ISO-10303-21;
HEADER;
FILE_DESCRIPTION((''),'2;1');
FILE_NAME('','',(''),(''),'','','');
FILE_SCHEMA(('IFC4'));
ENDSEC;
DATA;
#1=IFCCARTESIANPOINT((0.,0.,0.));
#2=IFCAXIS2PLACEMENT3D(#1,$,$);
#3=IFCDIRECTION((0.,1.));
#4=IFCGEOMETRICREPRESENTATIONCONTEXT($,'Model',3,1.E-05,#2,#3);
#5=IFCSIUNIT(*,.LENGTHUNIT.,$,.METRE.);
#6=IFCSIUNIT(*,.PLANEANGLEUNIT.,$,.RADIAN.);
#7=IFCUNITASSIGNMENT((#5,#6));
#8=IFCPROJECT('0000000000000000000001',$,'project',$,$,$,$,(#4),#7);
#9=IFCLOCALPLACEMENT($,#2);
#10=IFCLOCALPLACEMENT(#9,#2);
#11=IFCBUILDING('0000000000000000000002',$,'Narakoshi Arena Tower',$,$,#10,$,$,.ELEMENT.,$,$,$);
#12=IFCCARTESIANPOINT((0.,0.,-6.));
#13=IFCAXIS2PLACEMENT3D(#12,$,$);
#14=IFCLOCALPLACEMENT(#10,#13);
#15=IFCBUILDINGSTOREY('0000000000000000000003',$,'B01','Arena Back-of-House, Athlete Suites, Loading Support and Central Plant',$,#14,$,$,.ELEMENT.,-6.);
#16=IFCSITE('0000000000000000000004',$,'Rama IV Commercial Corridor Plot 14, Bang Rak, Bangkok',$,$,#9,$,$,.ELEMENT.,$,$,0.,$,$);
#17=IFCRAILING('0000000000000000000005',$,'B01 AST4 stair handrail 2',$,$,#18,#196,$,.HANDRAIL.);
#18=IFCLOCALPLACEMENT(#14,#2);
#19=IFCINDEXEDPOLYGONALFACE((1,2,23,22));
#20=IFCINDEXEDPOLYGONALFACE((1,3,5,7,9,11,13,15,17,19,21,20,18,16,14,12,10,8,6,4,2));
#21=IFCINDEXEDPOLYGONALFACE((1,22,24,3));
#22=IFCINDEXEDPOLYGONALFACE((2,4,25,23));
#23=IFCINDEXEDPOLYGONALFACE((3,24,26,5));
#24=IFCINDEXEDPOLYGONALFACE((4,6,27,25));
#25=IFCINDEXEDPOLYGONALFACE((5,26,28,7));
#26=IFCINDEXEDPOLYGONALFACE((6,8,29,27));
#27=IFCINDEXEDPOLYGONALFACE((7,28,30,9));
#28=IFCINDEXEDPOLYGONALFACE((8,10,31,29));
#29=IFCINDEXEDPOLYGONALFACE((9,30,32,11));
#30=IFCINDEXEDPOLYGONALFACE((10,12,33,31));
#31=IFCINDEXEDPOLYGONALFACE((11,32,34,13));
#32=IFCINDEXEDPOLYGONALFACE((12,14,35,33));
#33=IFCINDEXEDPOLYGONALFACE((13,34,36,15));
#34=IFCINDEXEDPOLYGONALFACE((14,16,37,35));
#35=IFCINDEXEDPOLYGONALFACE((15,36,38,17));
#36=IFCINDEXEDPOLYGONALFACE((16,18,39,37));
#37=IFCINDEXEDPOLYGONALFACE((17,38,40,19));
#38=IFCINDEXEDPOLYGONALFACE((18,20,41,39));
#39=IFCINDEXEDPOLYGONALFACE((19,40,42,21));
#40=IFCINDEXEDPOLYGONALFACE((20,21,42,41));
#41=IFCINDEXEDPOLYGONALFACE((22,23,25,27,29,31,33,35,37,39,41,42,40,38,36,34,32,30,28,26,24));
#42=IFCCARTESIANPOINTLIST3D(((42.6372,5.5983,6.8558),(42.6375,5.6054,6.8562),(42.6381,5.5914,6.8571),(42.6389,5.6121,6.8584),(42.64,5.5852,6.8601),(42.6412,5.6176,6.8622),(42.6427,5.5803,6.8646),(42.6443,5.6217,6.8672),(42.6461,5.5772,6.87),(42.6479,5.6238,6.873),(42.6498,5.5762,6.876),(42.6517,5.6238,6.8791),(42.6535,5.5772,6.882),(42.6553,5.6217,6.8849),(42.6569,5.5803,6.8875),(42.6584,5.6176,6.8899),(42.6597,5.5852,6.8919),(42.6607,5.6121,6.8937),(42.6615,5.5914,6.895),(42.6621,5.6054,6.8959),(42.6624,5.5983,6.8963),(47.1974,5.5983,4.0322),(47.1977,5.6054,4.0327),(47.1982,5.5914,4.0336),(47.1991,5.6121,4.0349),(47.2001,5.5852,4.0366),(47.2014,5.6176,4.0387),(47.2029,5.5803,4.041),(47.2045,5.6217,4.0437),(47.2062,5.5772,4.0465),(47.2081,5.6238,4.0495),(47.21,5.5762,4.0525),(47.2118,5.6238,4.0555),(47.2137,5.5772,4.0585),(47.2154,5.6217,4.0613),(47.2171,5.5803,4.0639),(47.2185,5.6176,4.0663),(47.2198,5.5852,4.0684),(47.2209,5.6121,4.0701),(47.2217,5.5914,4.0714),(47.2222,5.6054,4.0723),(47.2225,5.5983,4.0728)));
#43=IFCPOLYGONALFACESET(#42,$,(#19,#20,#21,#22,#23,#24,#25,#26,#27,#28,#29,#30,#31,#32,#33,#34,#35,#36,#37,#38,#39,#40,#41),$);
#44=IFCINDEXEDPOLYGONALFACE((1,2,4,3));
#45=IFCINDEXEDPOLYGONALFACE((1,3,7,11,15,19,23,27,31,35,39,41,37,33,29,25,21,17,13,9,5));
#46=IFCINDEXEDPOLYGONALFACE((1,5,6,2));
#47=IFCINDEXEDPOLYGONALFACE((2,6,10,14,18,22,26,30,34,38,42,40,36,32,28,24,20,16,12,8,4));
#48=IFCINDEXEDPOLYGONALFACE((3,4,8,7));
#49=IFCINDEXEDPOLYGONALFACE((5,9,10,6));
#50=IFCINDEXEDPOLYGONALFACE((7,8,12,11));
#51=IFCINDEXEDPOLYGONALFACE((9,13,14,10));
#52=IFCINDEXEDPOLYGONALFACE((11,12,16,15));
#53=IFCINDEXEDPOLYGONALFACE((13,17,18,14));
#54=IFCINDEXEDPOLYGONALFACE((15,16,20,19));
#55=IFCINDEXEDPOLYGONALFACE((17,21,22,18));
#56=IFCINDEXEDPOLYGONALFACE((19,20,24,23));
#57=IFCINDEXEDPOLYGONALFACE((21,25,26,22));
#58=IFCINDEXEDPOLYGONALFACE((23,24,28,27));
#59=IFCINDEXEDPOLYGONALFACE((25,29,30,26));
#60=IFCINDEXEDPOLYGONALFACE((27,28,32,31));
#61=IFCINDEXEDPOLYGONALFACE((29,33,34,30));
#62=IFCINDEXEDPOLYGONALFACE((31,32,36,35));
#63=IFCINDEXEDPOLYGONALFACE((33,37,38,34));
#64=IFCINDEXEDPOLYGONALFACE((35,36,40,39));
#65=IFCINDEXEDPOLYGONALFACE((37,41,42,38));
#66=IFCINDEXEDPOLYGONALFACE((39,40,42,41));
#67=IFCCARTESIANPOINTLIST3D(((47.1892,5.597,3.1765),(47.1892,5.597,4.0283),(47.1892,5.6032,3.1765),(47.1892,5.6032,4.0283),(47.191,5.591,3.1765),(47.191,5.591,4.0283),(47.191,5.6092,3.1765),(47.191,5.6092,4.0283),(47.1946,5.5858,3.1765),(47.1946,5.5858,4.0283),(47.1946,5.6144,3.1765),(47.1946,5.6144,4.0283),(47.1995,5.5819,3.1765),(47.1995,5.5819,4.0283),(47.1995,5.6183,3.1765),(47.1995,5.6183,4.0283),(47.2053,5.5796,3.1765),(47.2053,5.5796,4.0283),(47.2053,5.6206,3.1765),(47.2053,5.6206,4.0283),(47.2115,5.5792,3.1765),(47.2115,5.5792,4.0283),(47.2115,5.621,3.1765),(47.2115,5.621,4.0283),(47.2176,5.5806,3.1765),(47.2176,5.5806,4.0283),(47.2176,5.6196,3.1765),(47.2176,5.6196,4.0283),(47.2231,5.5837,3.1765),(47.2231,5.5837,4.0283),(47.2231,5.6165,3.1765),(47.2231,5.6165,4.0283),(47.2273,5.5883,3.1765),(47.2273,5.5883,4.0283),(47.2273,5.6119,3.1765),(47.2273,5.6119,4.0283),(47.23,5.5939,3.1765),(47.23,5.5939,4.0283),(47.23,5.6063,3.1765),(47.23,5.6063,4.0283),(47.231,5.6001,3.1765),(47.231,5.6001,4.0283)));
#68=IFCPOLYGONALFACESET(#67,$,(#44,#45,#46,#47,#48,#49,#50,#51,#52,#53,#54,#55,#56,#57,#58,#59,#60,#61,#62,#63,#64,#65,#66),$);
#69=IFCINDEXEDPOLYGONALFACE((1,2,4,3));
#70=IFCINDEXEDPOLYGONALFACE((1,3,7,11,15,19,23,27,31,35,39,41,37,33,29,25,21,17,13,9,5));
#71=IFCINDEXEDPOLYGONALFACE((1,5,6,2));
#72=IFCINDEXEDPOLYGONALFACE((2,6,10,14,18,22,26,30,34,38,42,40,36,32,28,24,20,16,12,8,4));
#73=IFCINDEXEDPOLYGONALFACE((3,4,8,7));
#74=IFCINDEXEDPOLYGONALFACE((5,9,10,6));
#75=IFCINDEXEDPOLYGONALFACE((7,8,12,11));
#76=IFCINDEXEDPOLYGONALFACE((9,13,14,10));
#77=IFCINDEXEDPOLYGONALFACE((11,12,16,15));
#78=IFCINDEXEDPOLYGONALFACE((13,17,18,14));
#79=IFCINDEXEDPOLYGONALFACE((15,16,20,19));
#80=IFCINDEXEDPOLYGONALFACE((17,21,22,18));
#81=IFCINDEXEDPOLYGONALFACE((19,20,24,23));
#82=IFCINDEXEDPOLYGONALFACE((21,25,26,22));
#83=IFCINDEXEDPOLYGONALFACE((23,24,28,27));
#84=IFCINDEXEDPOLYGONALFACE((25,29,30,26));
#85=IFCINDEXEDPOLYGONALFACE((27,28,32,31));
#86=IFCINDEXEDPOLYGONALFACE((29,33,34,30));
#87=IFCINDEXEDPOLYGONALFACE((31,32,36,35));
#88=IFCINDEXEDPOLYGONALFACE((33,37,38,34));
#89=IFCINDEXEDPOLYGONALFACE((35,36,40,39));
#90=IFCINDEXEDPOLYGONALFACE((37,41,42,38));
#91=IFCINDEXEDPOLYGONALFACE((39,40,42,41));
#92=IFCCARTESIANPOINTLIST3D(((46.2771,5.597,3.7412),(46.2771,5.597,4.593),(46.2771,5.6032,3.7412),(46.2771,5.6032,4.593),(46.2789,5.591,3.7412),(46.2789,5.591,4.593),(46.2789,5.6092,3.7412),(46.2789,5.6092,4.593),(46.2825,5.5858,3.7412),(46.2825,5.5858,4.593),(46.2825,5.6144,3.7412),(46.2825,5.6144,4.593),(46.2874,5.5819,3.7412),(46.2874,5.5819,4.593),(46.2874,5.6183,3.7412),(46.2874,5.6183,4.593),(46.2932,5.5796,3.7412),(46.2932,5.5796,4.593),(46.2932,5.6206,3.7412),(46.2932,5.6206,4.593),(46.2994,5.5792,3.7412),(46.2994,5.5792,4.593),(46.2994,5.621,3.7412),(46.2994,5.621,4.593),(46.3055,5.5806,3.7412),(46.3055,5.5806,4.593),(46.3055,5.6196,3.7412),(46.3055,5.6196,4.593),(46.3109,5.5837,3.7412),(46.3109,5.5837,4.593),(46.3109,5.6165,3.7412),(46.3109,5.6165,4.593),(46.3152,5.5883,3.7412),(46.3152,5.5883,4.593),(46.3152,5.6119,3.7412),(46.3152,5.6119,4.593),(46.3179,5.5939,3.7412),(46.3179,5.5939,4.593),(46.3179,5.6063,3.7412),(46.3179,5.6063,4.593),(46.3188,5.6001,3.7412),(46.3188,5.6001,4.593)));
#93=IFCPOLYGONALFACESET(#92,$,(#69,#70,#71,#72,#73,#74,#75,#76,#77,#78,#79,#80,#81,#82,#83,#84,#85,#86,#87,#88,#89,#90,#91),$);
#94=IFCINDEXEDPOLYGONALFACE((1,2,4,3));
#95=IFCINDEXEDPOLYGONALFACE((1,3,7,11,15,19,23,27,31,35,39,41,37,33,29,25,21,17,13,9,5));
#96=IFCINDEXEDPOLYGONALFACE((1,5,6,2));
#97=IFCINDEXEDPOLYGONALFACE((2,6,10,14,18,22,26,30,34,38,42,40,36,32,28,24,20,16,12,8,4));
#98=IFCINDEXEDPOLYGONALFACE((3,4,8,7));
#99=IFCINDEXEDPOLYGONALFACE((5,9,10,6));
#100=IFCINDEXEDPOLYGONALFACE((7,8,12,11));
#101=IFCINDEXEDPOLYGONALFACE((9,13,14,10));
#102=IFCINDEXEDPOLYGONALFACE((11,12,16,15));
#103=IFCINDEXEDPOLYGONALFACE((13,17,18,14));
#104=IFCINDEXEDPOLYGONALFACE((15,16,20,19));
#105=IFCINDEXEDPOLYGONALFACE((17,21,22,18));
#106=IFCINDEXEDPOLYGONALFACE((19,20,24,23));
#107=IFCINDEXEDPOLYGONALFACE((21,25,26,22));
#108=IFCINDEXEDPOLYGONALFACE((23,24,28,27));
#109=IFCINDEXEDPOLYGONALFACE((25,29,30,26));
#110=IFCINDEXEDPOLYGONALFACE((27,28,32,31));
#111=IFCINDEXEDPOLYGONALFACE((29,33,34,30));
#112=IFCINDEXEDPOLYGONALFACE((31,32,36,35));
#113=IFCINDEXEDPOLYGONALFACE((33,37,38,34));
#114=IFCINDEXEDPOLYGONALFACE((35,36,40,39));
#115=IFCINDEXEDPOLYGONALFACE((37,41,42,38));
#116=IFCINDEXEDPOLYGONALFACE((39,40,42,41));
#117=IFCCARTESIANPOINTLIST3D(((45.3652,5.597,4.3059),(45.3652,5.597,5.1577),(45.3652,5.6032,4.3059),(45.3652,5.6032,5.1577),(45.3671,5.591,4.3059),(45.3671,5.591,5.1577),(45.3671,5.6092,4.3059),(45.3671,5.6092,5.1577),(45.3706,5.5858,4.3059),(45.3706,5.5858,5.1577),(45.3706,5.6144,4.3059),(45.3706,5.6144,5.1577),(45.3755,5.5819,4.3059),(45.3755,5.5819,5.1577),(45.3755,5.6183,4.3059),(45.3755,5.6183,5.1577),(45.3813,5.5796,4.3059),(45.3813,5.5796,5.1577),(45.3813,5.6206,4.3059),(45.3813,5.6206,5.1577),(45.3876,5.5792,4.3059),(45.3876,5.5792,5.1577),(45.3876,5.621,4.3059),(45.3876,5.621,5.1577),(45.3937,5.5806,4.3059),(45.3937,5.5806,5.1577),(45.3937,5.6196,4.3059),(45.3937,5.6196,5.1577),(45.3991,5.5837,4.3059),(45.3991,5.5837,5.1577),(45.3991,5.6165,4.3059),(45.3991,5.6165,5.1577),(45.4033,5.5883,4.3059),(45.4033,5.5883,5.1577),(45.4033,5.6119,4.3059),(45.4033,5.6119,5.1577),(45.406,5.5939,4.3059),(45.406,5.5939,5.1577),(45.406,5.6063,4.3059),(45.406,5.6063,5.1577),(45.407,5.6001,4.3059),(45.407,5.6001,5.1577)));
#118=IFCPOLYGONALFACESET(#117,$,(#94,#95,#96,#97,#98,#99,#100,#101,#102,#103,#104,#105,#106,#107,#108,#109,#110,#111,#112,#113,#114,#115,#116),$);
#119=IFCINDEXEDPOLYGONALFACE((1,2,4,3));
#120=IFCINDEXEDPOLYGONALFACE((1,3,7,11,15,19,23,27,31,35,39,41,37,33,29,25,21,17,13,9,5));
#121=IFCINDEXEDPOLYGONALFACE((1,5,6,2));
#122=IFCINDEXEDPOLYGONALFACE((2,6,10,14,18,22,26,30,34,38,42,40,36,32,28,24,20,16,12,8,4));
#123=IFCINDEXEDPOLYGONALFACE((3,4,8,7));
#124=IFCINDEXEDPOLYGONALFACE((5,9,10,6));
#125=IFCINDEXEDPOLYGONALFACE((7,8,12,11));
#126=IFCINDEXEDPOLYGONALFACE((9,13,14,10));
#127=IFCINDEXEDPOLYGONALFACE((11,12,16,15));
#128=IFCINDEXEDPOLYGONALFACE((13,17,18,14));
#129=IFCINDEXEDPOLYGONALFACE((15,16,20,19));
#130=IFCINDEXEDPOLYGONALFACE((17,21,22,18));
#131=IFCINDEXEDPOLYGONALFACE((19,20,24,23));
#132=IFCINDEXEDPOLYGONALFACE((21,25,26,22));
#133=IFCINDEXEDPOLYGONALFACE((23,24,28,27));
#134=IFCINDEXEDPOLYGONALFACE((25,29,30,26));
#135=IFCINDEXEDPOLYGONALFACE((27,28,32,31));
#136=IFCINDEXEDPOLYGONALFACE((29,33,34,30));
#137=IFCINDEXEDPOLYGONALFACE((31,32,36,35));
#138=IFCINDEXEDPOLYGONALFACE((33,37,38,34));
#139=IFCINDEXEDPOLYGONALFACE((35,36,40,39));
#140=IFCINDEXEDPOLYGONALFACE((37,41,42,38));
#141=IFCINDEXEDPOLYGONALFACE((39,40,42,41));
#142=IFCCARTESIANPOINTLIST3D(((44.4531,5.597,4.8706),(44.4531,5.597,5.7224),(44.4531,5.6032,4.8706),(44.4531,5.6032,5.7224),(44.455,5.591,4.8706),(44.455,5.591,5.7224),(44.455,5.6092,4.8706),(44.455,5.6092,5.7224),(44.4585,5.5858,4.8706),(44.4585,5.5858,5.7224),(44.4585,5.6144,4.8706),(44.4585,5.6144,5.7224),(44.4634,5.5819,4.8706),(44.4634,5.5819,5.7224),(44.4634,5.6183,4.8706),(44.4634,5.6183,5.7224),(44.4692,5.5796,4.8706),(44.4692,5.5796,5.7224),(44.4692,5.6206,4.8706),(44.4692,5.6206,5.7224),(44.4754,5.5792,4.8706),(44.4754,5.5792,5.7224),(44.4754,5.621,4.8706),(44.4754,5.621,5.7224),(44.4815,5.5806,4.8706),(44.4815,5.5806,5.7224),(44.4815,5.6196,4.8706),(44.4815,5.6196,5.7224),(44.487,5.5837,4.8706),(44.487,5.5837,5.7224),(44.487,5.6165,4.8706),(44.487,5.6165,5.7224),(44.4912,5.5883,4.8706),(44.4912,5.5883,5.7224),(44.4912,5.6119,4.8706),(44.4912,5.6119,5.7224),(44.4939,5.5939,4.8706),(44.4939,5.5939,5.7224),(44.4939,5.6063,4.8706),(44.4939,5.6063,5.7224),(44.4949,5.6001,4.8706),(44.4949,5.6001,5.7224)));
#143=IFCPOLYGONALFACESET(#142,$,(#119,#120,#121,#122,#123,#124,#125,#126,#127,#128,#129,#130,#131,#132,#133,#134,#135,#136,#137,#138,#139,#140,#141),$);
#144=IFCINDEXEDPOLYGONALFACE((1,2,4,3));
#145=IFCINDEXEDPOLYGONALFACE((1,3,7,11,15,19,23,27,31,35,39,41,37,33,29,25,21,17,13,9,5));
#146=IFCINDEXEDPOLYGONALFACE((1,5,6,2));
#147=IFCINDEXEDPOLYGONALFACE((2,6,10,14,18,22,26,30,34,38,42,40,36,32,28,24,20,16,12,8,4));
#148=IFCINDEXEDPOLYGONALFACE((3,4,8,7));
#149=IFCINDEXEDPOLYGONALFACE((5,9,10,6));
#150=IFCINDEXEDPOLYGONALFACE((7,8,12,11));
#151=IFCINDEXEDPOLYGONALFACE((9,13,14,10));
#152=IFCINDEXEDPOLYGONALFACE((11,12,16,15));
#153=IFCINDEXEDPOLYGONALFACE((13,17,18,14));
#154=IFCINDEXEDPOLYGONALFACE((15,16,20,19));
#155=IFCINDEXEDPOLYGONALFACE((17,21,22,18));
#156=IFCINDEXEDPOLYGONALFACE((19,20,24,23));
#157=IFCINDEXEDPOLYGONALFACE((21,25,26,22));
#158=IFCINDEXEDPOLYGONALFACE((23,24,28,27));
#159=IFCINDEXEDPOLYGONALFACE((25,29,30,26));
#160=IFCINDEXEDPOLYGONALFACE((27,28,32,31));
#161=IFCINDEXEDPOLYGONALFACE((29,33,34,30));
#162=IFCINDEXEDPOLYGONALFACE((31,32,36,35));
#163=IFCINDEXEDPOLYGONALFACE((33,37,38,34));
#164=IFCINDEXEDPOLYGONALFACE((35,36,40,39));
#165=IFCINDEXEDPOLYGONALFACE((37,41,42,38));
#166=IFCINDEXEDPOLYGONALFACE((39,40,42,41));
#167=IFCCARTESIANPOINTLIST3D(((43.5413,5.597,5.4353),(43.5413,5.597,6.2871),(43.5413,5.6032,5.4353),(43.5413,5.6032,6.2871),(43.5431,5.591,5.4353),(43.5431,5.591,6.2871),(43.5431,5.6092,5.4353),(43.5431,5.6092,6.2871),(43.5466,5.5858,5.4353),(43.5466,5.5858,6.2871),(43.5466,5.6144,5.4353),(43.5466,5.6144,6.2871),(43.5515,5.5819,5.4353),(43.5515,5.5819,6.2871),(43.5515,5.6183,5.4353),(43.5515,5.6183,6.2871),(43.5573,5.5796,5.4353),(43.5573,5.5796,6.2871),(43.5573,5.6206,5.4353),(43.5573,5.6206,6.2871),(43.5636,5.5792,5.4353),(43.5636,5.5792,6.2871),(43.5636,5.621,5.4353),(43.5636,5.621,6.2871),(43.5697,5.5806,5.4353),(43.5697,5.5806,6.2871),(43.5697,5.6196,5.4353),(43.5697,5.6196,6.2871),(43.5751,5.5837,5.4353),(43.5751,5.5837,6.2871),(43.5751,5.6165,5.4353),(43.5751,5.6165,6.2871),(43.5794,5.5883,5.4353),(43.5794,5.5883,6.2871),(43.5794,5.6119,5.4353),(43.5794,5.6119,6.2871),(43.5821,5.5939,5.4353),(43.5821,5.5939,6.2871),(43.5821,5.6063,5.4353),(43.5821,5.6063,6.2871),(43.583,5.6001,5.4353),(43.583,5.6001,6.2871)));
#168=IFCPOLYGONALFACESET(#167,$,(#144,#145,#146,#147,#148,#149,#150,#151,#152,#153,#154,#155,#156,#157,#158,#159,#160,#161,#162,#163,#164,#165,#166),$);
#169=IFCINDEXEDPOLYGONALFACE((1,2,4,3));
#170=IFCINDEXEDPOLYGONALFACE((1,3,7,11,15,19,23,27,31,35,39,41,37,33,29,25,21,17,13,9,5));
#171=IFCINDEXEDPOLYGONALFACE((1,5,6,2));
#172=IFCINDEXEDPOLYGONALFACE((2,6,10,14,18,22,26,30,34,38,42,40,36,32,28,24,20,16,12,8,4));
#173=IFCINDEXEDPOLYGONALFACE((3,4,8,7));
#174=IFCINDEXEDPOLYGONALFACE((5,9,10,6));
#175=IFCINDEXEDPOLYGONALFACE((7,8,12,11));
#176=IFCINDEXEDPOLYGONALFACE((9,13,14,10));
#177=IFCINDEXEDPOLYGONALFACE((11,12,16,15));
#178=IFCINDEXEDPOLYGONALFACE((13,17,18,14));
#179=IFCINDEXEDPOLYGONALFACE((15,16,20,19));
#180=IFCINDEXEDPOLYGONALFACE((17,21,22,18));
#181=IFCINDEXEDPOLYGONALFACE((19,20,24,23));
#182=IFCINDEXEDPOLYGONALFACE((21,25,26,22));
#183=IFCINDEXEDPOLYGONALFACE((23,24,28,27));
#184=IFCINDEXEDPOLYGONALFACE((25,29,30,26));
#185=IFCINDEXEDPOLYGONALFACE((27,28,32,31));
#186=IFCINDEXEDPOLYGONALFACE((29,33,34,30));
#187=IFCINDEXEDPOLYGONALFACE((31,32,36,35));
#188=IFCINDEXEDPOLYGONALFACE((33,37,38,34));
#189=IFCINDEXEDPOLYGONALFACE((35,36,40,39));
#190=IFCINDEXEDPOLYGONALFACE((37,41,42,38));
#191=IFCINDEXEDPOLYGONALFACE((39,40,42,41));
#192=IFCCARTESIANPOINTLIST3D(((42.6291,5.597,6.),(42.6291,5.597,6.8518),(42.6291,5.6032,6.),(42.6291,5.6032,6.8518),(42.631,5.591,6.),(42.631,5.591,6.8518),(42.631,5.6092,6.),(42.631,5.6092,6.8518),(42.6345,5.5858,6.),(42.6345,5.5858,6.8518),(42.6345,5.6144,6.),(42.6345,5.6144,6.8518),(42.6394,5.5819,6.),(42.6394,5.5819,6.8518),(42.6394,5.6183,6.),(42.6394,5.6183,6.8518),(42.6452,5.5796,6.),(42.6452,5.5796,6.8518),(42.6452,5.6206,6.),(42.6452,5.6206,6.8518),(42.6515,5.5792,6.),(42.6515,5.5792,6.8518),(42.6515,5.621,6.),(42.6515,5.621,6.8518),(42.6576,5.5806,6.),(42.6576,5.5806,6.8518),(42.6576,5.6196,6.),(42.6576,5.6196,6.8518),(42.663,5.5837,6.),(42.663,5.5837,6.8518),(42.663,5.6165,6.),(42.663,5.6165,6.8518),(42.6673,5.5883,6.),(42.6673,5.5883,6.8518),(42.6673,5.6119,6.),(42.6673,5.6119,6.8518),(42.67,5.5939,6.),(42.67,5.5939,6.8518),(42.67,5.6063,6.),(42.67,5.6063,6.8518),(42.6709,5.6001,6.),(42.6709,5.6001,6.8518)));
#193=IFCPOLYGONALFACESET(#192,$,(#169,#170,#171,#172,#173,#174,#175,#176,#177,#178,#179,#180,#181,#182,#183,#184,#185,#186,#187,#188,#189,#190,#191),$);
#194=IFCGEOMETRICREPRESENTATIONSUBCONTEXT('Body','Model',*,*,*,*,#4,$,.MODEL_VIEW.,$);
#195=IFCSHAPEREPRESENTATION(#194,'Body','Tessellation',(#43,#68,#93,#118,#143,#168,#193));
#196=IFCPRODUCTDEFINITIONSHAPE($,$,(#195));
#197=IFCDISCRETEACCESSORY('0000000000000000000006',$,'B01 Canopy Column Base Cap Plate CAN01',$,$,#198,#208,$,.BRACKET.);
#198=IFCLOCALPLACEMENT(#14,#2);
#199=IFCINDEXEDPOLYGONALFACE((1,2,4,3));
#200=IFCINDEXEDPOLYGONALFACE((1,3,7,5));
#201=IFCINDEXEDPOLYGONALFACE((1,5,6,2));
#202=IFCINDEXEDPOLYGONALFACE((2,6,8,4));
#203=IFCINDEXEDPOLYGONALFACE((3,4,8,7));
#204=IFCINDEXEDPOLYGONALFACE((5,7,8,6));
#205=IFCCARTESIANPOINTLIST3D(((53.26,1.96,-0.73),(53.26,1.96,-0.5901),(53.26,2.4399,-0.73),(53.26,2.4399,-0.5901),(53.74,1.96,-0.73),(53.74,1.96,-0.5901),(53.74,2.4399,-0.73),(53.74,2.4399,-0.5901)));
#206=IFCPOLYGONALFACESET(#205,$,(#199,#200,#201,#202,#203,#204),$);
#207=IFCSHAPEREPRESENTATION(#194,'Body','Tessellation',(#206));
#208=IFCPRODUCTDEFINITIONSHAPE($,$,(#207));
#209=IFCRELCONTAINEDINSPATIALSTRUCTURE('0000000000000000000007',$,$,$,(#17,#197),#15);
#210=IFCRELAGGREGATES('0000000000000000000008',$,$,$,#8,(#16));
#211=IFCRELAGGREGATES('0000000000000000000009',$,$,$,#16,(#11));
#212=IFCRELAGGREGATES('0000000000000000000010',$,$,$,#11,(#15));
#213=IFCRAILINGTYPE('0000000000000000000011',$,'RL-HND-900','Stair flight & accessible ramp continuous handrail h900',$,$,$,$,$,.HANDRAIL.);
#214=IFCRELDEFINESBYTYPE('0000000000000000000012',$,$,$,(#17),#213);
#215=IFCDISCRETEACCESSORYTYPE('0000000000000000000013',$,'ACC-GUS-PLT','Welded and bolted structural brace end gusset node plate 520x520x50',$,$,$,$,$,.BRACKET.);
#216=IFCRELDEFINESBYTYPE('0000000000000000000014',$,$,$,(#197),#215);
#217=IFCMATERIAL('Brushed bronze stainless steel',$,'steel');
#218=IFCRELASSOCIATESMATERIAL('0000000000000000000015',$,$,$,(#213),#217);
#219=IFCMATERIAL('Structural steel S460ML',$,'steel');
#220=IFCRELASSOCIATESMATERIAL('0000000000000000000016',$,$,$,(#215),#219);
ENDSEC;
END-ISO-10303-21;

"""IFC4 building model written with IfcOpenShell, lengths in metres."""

from ifc_helpers import new_model, si_unit, direction, frame, origin, origin_2d, place, context, subcontext, project, spatial, rectangle, circle, extrude, material, type_object, element, save


model = new_model("IFC4")

# Units and contexts
model_context = context("Model", 3, precision=1e-05, world=origin(), true_north=direction((0.0, 1.0)))
body_context = subcontext(model_context, "Body", "Model", "MODEL_VIEW")
ifc_project = project(units=[si_unit("LENGTHUNIT", "METRE"), si_unit("PLANEANGLEUNIT", "RADIAN")], contexts=[model_context])

# Site, building, storey
site_placement = place(None, origin())
site = spatial("IfcSite", under=ifc_project, at=site_placement, Name="Rama IV Commercial Corridor Plot 14, Bang Rak, Bangkok", CompositionType="ELEMENT", RefElevation=0.0)
building_placement = place(site_placement, origin())
building = spatial("IfcBuilding", under=site, at=building_placement, Name="Narakoshi Arena Tower", CompositionType="ELEMENT")
storey_placement = place(building_placement, frame((0.0, 0.0, -6.0)))
storey = spatial("IfcBuildingStorey", under=building, at=storey_placement, Name="B01", Description="Arena Back-of-House, Athlete Suites, Loading Support and Central Plant", CompositionType="ELEMENT", Elevation=-6.0)

# Railing
ifc_material_1 = material(Name="Brushed bronze stainless steel", Category="steel")
railing_type_1 = type_object("IfcRailingType", Name="RL-HND-900", Description="Stair flight & accessible ramp continuous handrail h900", PredefinedType="HANDRAIL", material=ifc_material_1)
railing_1_placement = place(storey_placement, frame((47.21, 5.6001, 3.1765)))
element("IfcRailing", 1, at=railing_1_placement, inside=storey, type_object=railing_type_1, Name="B01 AST4 stair handrail 2", PredefinedType="HANDRAIL", context=body_context, shape_type="SweptSolid", body=[
    extrude(circle(Radius=0.0239, at=origin_2d()), frame((0.0, 0.0, 0.876), z_axis=(-0.850216, 0.0, 0.526435), x_axis=(0.0, -1.0, 0.0)), (0.0, 0.0, 1.0), 5.3635),
    extrude(circle(Radius=0.021, at=origin_2d()), origin(), (0.0, 0.0, 1.0), 0.8518),
    extrude(circle(Radius=0.021, at=origin_2d()), frame((-0.9121, 0.0, 0.5647)), (0.0, 0.0, 1.0), 0.8518),
    extrude(circle(Radius=0.021, at=origin_2d()), frame((-1.824, 0.0, 1.1294)), (0.0, 0.0, 1.0), 0.8518),
    extrude(circle(Radius=0.021, at=origin_2d()), frame((-2.7361, 0.0, 1.6941)), (0.0, 0.0, 1.0), 0.8518),
    extrude(circle(Radius=0.021, at=origin_2d()), frame((-3.6479, 0.0, 2.2588)), (0.0, 0.0, 1.0), 0.8518),
    extrude(circle(Radius=0.021, at=origin_2d()), frame((-4.5601, 0.0, 2.8235)), (0.0, 0.0, 1.0), 0.8518),
])

# Discrete accessory
ifc_material_2 = material(Name="Structural steel S460ML", Category="steel")
discrete_accessory_type = type_object("IfcDiscreteAccessoryType", Name="ACC-GUS-PLT", Description="Welded and bolted structural brace end gusset node plate 520x520x50", PredefinedType="BRACKET", material=ifc_material_2)
for number, where, z_axis, x_axis, name in (
    (2, (53.5, 2.2, -0.73), (0.0, 0.0, 1.0), (1.0, 0.0, 0.0), "B01 Canopy Column Base Cap Plate CAN01"),
):
    element("IfcDiscreteAccessory", number, at=place(storey_placement, frame(where, z_axis=z_axis, x_axis=x_axis)), inside=storey, type_object=discrete_accessory_type, Name=name, PredefinedType="BRACKET", context=body_context, shape_type="SweptSolid", body=[
        extrude(rectangle(XDim=0.48, YDim=0.48, at=origin_2d()), origin(), (0.0, 0.0, 1.0), 0.1399),
    ])

save(model, "model.ifc")
